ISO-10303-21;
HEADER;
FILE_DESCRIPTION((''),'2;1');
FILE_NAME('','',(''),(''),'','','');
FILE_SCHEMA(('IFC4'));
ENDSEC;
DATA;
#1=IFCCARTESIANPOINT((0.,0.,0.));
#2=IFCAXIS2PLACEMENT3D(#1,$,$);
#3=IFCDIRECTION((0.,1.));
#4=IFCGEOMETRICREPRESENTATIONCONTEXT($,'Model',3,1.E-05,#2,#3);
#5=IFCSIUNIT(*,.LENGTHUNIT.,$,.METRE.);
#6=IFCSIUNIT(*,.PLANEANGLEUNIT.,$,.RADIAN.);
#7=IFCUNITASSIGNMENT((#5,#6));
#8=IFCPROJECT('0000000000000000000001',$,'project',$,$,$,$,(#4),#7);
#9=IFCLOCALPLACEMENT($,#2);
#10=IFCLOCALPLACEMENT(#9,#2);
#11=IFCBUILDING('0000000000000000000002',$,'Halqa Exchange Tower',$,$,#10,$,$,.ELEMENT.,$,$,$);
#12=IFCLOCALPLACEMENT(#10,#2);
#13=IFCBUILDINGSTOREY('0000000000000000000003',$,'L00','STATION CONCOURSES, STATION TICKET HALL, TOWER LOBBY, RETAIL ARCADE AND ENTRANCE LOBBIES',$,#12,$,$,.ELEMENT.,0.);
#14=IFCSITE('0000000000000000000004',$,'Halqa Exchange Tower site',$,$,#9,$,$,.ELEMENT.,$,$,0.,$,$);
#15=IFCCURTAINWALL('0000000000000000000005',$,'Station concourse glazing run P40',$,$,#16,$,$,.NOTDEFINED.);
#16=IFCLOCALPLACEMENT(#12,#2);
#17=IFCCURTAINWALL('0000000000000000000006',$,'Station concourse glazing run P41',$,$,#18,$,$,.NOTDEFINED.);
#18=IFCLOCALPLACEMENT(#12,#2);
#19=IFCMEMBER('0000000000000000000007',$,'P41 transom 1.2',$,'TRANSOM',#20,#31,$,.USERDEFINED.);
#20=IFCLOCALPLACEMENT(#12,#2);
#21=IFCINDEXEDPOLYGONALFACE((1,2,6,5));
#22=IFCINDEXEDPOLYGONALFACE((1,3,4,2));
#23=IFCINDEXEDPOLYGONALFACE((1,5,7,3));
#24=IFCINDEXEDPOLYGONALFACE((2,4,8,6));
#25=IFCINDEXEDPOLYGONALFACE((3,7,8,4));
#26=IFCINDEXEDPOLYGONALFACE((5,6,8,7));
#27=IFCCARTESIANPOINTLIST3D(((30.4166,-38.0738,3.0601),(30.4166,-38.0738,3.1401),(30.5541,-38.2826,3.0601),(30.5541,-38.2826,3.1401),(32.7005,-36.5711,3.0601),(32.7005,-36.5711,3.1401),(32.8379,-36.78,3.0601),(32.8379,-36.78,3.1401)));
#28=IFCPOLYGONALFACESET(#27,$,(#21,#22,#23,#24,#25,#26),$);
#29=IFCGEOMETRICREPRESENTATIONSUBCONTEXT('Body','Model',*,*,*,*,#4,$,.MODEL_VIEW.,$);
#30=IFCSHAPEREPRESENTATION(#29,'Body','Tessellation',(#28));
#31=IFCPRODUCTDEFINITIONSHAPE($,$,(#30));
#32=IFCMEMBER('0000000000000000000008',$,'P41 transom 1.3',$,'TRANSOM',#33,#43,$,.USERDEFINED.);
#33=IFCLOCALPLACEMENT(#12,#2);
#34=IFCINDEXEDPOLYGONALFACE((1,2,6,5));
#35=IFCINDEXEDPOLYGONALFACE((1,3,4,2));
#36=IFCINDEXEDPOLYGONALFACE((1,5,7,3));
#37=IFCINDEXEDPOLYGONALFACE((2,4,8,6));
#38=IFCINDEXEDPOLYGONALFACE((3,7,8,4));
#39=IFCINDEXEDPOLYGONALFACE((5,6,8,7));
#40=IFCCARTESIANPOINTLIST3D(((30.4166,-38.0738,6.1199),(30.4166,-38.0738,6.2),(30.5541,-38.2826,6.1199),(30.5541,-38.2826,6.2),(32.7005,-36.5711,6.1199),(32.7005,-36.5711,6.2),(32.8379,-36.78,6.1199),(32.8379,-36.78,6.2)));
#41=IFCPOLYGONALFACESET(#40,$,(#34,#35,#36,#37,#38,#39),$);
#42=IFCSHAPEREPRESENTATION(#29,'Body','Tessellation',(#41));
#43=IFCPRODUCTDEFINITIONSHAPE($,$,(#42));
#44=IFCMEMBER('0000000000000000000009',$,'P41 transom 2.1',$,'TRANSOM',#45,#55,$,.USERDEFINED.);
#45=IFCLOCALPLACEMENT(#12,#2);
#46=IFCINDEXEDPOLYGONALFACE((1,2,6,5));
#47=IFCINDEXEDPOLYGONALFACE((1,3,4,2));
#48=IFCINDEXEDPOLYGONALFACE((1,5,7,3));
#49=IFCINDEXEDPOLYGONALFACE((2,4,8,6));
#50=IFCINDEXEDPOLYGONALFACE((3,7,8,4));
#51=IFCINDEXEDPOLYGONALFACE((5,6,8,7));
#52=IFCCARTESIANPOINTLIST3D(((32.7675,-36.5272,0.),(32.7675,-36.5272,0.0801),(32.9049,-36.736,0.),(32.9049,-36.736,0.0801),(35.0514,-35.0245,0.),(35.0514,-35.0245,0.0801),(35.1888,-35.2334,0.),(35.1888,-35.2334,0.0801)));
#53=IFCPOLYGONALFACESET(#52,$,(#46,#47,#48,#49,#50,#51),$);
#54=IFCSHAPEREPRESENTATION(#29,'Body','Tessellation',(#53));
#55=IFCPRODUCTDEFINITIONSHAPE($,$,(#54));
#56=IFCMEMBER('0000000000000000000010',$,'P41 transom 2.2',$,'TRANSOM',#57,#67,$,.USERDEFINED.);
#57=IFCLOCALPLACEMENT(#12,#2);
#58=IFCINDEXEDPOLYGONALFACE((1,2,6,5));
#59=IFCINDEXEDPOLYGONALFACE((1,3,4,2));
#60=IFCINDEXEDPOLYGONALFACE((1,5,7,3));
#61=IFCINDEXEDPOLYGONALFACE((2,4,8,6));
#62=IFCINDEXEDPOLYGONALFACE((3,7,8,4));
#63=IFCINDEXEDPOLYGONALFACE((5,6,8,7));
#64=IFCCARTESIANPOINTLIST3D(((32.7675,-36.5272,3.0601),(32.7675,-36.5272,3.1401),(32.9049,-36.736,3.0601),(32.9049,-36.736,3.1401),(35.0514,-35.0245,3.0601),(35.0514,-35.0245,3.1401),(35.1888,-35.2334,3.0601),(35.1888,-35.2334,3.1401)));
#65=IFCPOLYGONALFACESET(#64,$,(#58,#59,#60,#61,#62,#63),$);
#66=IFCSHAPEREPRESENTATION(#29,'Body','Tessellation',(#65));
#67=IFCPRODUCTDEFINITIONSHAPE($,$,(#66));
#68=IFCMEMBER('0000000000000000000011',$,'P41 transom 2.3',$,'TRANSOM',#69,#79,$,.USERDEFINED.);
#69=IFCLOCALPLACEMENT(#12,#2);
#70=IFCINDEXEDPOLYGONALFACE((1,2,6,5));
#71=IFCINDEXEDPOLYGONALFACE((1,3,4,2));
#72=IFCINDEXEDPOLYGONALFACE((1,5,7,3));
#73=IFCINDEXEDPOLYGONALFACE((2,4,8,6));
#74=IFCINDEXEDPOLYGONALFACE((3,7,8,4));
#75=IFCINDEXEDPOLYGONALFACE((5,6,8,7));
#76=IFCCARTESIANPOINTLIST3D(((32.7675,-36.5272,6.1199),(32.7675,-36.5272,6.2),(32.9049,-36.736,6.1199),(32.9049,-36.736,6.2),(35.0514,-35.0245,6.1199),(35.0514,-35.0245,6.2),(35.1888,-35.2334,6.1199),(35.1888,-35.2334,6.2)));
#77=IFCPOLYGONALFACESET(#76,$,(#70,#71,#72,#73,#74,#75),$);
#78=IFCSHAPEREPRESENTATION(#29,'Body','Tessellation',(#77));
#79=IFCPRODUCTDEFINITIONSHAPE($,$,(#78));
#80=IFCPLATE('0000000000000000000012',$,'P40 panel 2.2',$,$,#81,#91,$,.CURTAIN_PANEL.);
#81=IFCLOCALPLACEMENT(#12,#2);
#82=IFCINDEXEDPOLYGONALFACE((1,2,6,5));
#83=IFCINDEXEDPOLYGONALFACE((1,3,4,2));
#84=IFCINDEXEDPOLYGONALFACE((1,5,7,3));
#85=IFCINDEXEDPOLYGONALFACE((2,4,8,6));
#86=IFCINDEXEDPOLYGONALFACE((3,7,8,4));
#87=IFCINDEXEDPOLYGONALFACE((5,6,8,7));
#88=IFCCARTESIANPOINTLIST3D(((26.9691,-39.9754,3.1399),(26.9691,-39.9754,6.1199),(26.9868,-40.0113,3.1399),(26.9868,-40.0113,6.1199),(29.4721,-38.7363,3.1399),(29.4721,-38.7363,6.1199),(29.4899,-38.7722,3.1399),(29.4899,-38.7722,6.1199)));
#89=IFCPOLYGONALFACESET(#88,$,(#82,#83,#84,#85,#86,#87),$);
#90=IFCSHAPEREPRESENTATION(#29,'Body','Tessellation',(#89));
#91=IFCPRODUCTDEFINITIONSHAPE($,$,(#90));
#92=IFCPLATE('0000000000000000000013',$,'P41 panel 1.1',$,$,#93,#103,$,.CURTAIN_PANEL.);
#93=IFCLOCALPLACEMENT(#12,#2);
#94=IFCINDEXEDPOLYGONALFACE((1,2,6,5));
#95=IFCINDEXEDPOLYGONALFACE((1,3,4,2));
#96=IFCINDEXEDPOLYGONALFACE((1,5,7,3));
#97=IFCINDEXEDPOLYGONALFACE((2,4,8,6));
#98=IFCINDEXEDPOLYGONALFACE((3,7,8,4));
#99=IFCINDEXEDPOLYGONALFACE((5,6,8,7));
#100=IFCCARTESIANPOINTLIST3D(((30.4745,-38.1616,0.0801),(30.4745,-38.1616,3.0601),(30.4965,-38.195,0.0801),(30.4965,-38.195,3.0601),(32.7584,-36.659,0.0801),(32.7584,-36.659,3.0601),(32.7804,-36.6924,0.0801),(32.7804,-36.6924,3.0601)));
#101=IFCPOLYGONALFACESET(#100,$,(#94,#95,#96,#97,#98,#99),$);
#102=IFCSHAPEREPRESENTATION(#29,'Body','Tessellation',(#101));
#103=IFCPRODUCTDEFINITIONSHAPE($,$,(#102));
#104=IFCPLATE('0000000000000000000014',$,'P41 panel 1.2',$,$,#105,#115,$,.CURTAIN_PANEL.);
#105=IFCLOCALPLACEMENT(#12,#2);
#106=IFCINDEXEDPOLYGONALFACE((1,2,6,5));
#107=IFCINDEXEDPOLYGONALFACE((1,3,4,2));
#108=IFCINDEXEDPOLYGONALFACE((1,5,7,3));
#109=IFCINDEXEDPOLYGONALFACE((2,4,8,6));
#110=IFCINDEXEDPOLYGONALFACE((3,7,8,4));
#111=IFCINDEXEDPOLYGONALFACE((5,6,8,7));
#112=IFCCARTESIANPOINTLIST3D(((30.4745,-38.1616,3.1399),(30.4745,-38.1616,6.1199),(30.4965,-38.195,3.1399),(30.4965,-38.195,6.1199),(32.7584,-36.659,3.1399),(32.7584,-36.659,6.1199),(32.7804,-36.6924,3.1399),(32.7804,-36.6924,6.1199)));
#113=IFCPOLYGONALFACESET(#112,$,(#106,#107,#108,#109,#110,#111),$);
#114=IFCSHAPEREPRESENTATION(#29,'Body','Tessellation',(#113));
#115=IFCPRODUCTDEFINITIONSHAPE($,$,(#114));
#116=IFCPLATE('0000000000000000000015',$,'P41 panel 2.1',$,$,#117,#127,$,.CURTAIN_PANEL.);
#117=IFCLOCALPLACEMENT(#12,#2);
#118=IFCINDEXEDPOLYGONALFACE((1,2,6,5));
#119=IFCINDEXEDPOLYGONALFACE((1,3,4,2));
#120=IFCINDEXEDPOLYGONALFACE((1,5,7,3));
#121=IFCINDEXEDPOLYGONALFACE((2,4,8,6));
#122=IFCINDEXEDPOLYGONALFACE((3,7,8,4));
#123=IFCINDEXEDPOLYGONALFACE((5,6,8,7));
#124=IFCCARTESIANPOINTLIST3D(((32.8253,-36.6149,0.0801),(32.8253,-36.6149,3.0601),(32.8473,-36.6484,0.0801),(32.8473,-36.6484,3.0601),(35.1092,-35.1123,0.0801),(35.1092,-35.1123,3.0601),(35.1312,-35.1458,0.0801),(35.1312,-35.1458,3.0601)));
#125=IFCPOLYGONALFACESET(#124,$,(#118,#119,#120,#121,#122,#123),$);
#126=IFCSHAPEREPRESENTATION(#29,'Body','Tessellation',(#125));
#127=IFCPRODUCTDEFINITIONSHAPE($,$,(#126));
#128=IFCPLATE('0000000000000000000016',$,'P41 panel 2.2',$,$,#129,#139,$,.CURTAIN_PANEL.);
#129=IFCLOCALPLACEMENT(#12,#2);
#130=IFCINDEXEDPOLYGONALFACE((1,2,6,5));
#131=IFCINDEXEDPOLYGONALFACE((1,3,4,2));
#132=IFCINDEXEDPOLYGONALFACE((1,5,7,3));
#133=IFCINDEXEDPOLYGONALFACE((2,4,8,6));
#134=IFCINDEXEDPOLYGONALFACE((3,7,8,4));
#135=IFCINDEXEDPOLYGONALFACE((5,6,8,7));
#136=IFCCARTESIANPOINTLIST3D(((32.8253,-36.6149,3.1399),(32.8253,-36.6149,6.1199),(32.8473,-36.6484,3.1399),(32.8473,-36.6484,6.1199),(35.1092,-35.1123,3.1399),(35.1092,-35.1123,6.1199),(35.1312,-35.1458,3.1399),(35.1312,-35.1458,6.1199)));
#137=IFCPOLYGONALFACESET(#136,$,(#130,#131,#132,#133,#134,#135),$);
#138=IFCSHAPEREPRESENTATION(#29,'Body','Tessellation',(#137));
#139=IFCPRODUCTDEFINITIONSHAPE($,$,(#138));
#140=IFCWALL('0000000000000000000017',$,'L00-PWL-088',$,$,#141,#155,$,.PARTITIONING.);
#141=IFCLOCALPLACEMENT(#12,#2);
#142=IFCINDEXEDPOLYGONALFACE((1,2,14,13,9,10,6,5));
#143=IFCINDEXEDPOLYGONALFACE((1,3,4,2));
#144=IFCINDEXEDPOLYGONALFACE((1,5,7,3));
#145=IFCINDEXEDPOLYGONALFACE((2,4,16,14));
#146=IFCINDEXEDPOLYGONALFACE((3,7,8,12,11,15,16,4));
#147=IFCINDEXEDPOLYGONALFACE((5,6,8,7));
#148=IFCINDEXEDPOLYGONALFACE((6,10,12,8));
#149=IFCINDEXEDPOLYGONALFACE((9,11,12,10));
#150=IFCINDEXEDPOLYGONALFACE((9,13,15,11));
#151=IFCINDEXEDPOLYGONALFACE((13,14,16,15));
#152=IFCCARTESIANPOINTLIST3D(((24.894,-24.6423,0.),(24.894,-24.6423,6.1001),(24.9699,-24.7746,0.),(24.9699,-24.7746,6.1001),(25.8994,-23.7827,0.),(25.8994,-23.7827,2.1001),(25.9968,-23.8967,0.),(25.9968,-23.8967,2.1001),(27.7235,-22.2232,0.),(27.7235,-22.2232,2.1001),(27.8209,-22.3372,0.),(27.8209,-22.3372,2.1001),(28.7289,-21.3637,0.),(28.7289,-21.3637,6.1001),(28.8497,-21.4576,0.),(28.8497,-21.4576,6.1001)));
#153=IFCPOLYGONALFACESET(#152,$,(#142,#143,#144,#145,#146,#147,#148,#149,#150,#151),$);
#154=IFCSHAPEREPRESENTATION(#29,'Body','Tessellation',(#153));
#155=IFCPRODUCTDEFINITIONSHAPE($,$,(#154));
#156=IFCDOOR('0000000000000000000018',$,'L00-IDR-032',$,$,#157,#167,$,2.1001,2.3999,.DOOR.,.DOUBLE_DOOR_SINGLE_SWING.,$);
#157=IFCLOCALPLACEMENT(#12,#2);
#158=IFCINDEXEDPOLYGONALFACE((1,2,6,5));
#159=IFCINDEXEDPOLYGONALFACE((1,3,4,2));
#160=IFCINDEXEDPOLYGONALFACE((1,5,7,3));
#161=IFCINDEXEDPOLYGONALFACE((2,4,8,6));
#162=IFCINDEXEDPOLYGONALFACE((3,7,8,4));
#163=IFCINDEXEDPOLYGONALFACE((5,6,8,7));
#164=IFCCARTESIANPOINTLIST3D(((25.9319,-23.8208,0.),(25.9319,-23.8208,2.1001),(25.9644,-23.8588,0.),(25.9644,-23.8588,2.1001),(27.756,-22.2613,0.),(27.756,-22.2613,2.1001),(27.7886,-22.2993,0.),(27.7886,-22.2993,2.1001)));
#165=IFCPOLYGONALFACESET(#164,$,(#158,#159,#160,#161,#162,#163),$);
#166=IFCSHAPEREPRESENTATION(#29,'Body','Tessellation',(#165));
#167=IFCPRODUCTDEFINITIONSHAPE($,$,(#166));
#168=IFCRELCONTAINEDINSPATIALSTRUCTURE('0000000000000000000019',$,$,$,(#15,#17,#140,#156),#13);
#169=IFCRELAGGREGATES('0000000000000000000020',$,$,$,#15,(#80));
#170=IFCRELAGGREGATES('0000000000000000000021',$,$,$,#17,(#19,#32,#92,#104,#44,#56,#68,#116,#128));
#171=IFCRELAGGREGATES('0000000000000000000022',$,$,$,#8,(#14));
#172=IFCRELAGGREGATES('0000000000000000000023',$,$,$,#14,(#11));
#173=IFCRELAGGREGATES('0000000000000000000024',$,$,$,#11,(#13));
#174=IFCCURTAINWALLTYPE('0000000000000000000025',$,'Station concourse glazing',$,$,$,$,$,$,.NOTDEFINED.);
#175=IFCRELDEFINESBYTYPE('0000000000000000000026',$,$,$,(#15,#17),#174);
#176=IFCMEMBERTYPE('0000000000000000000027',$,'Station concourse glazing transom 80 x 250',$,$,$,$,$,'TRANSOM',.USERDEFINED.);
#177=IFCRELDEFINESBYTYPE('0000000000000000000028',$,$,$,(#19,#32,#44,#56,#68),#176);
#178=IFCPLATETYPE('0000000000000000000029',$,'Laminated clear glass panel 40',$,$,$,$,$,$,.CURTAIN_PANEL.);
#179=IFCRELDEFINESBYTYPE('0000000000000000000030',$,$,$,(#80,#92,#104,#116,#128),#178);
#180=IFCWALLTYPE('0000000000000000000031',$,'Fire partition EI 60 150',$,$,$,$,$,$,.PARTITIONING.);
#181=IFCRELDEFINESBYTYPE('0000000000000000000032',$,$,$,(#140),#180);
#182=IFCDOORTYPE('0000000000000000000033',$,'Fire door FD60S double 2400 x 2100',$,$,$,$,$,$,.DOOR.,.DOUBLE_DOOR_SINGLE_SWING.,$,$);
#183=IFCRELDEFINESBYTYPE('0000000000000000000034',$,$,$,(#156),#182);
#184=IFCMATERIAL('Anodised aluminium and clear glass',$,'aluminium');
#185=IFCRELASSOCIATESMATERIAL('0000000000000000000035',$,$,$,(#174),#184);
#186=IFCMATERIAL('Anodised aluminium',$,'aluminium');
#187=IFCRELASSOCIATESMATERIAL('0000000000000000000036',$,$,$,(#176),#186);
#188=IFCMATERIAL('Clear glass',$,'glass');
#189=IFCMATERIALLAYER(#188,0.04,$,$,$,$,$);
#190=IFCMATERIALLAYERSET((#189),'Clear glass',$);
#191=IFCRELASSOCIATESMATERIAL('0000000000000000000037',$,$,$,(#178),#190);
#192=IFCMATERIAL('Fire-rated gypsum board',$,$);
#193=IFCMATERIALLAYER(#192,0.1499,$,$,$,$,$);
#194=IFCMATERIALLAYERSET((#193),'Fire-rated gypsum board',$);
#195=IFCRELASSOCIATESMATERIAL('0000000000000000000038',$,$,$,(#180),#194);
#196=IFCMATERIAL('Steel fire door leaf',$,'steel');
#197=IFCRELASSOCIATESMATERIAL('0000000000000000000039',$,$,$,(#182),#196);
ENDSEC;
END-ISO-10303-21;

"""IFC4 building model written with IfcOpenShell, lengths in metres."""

from ifc_helpers import new_model, si_unit, direction, frame, frame_2d, origin, origin_2d, place, context, subcontext, project, spatial, polyline, rectangle, outline, extrude, material, layer, layer_set, material_profile, profile_set, type_object, element, fill, aggregate, save


model = new_model("IFC4")

# Units and contexts
model_context = context("Model", 3, precision=1e-05, world=origin(), true_north=direction((0.0, 1.0)))
body_context = subcontext(model_context, "Body", "Model", "MODEL_VIEW")
ifc_project = project(units=[si_unit("LENGTHUNIT", "METRE"), si_unit("PLANEANGLEUNIT", "RADIAN")], contexts=[model_context])

# Site, building, storey
site_placement = place(None, origin())
site = spatial("IfcSite", under=ifc_project, at=site_placement, Name="Halqa Exchange Tower site", CompositionType="ELEMENT", RefElevation=0.0)
building_placement = place(site_placement, origin())
building = spatial("IfcBuilding", under=site, at=building_placement, Name="Halqa Exchange Tower", CompositionType="ELEMENT")
storey_placement = place(building_placement, origin())
storey = spatial("IfcBuildingStorey", under=building, at=storey_placement, Name="L00", Description="STATION CONCOURSES, STATION TICKET HALL, TOWER LOBBY, RETAIL ARCADE AND ENTRANCE LOBBIES", CompositionType="ELEMENT", Elevation=0.0)

# Curtain wall
ifc_material_1 = material(Name="Anodised aluminium and clear glass", Category="aluminium")
curtain_wall_type = type_object("IfcCurtainWallType", Name="Station concourse glazing", PredefinedType="NOTDEFINED", material=ifc_material_1)
curtain_wall_1_placement = place(storey_placement, origin())
curtain_wall_1 = element("IfcCurtainWall", 1, at=curtain_wall_1_placement, inside=storey, type_object=curtain_wall_type, Name="Station concourse glazing run P40", PredefinedType="NOTDEFINED")
ifc_material_2 = material(Name="Anodised aluminium", Category="aluminium")

# Curtain wall
curtain_wall_2_placement = place(storey_placement, origin())
curtain_wall_2 = element("IfcCurtainWall", 2, at=curtain_wall_2_placement, inside=storey, type_object=curtain_wall_type, Name="Station concourse glazing run P41", PredefinedType="NOTDEFINED")

# Members
ifc_material_profile_1 = material_profile(ifc_material_2, rectangle(XDim=0.25, YDim=0.0801, at=origin_2d()), Name="AL 80x250")
ifc_profile_set_1 = profile_set([ifc_material_profile_1], Name="Anodised aluminium")
member_type_1 = type_object("IfcMemberType", Name="Station concourse glazing transom 80 x 250", ElementType="TRANSOM", PredefinedType="USERDEFINED", material=ifc_profile_set_1)
member_1_placement = place(storey_placement, frame((30.4854, -38.1782, 3.1001), z_axis=(0.835401, 0.549641, 0.0), x_axis=(-0.549641, 0.835401, 0.0)))
member_1 = element("IfcMember", 3, at=member_1_placement, type_object=member_type_1, Name="P41 transom 1.2", ObjectType="TRANSOM", PredefinedType="USERDEFINED", context=body_context, shape_type="SweptSolid", body=[
    extrude(rectangle(XDim=0.25, YDim=0.0801, at=origin_2d()), origin(), (0.0, 0.0, 1.0), 2.7339),
])
member_2_placement = place(storey_placement, frame((30.4854, -38.1782, 6.1599), z_axis=(0.835401, 0.549641, 0.0), x_axis=(-0.549641, 0.835401, 0.0)))
member_2 = element("IfcMember", 4, at=member_2_placement, type_object=member_type_1, Name="P41 transom 1.3", ObjectType="TRANSOM", PredefinedType="USERDEFINED", context=body_context, shape_type="SweptSolid", body=[
    extrude(rectangle(XDim=0.25, YDim=0.0801, at=origin_2d()), origin(), (0.0, 0.0, 1.0), 2.7339),
])
member_3_placement = place(storey_placement, frame((32.8362, -36.6316, 0.04), z_axis=(0.835401, 0.549641, 0.0), x_axis=(-0.549641, 0.835401, 0.0)))
member_3 = element("IfcMember", 5, at=member_3_placement, type_object=member_type_1, Name="P41 transom 2.1", ObjectType="TRANSOM", PredefinedType="USERDEFINED", context=body_context, shape_type="SweptSolid", body=[
    extrude(rectangle(XDim=0.25, YDim=0.0801, at=origin_2d()), origin(), (0.0, 0.0, 1.0), 2.7339),
])
member_4_placement = place(storey_placement, frame((32.8362, -36.6316, 3.1001), z_axis=(0.835401, 0.549641, 0.0), x_axis=(-0.549641, 0.835401, 0.0)))
member_4 = element("IfcMember", 6, at=member_4_placement, type_object=member_type_1, Name="P41 transom 2.2", ObjectType="TRANSOM", PredefinedType="USERDEFINED", context=body_context, shape_type="SweptSolid", body=[
    extrude(rectangle(XDim=0.25, YDim=0.0801, at=origin_2d()), origin(), (0.0, 0.0, 1.0), 2.7339),
])
member_5_placement = place(storey_placement, frame((32.8362, -36.6316, 6.1599), z_axis=(0.835401, 0.549641, 0.0), x_axis=(-0.549641, 0.835401, 0.0)))
member_5 = element("IfcMember", 7, at=member_5_placement, type_object=member_type_1, Name="P41 transom 2.3", ObjectType="TRANSOM", PredefinedType="USERDEFINED", context=body_context, shape_type="SweptSolid", body=[
    extrude(rectangle(XDim=0.25, YDim=0.0801, at=origin_2d()), origin(), (0.0, 0.0, 1.0), 2.7339),
])

# Plates
ifc_material_3 = material(Name="Clear glass", Category="glass")
ifc_layer_1 = layer(ifc_material_3, 0.04)
ifc_layer_set_1 = layer_set([ifc_layer_1], Name="Clear glass")
plate_type = type_object("IfcPlateType", Name="Laminated clear glass panel 40", PredefinedType="CURTAIN_PANEL", material=ifc_layer_set_1)
plate_1_placement = place(storey_placement, frame((28.2295, -39.3738, 3.1399), z_axis=(0.0, 0.0, 1.0), x_axis=(0.896198, 0.443653, 0.0)))
plate_1 = element("IfcPlate", 8, at=plate_1_placement, type_object=plate_type, Name="P40 panel 2.2", PredefinedType="CURTAIN_PANEL", context=body_context, shape_type="SweptSolid", body=[
    extrude(rectangle(XDim=2.793, YDim=0.04, at=origin_2d()), origin(), (0.0, 0.0, 1.0), 2.98),
])
aggregate(curtain_wall_1, [plate_1])
plate_2_placement = place(storey_placement, frame((31.6274, -37.427, 0.0801), z_axis=(0.0, 0.0, 1.0), x_axis=(0.835415, 0.54962, 0.0)))
plate_2 = element("IfcPlate", 9, at=plate_2_placement, type_object=plate_type, Name="P41 panel 1.1", PredefinedType="CURTAIN_PANEL", context=body_context, shape_type="SweptSolid", body=[
    extrude(rectangle(XDim=2.7339, YDim=0.04, at=origin_2d()), origin(), (0.0, 0.0, 1.0), 2.98),
])
plate_3_placement = place(storey_placement, frame((31.6274, -37.427, 3.1399), z_axis=(0.0, 0.0, 1.0), x_axis=(0.835415, 0.54962, 0.0)))
plate_3 = element("IfcPlate", 10, at=plate_3_placement, type_object=plate_type, Name="P41 panel 1.2", PredefinedType="CURTAIN_PANEL", context=body_context, shape_type="SweptSolid", body=[
    extrude(rectangle(XDim=2.7339, YDim=0.04, at=origin_2d()), origin(), (0.0, 0.0, 1.0), 2.98),
])
plate_4_placement = place(storey_placement, frame((33.9783, -35.8804, 0.0801), z_axis=(0.0, 0.0, 1.0), x_axis=(0.835415, 0.54962, 0.0)))
plate_4 = element("IfcPlate", 11, at=plate_4_placement, type_object=plate_type, Name="P41 panel 2.1", PredefinedType="CURTAIN_PANEL", context=body_context, shape_type="SweptSolid", body=[
    extrude(rectangle(XDim=2.7339, YDim=0.04, at=origin_2d()), origin(), (0.0, 0.0, 1.0), 2.98),
])
plate_5_placement = place(storey_placement, frame((33.9783, -35.8804, 3.1399), z_axis=(0.0, 0.0, 1.0), x_axis=(0.835415, 0.54962, 0.0)))
plate_5 = element("IfcPlate", 12, at=plate_5_placement, type_object=plate_type, Name="P41 panel 2.2", PredefinedType="CURTAIN_PANEL", context=body_context, shape_type="SweptSolid", body=[
    extrude(rectangle(XDim=2.7339, YDim=0.04, at=origin_2d()), origin(), (0.0, 0.0, 1.0), 2.98),
])
aggregate(curtain_wall_2, [member_1, member_2, plate_2, plate_3, member_3, member_4, member_5, plate_4, plate_5])

# Wall, opening, door
ifc_material_4 = material(Name="Fire-rated gypsum board")
ifc_layer_2 = layer(ifc_material_4, 0.1499)
ifc_layer_set_2 = layer_set([ifc_layer_2], Name="Fire-rated gypsum board")
wall_type_1 = type_object("IfcWallType", Name="Fire partition EI 60 150", PredefinedType="PARTITIONING", material=ifc_layer_set_2)
wall_1_placement = place(storey_placement, frame((28.7893, -21.4106, 0.0), z_axis=(0.0, 0.0, 1.0), x_axis=(-0.760085, -0.649824, 0.0)))
wall_1 = element("IfcWall", 13, at=wall_1_placement, inside=storey, type_object=wall_type_1, Name="L00-PWL-088", PredefinedType="PARTITIONING", context=body_context, shape_type="SweptSolid", body=[
    extrude(outline(polyline([(0.0154, -0.075), (5.0608, -0.075), (5.0891, 0.075), (-0.0154, 0.075), (0.0154, -0.075)])), origin(), (0.0, 0.0, 1.0), 6.1001),
])
opening_1_placement = place(wall_1_placement, frame((1.3381, 0.0, 0.0)))
opening_1 = element("IfcOpeningElement", 14, at=opening_1_placement, cuts=wall_1, PredefinedType="OPENING", context=body_context, shape_type="SweptSolid", body=[
    extrude(rectangle(XDim=2.3999, YDim=2.1001, at=frame_2d((1.2, 1.05))), frame((0.0, 0.0869, 0.0), z_axis=(0.0, -1.0, 0.0), x_axis=(1.0, 0.0, 0.0)), (0.0, 0.0, 1.0), 0.1738),
])
ifc_material_5 = material(Name="Steel fire door leaf", Category="steel")
door_type_1 = type_object("IfcDoorType", Name="Fire door FD60S double 2400 x 2100", OperationType="DOUBLE_DOOR_SINGLE_SWING", PredefinedType="DOOR", material=ifc_material_5)
door_1_placement = place(opening_1_placement, frame((2.3999, 0.0, 0.0), z_axis=(0.0, 0.0, 1.0), x_axis=(-1.0, 0.0, 0.0)))
door_1 = element("IfcDoor", 15, at=door_1_placement, inside=storey, type_object=door_type_1, Name="L00-IDR-032", OperationType="DOUBLE_DOOR_SINGLE_SWING", OverallHeight=2.1001, OverallWidth=2.3999, PredefinedType="DOOR", context=body_context, shape_type="SweptSolid", body=[
    extrude(rectangle(XDim=2.3999, YDim=2.1001, at=frame_2d((1.2, 1.05))), frame((0.0, 0.0249, 0.0), z_axis=(0.0, -1.0, 0.0), x_axis=(1.0, 0.0, 0.0)), (0.0, 0.0, 1.0), 0.05),
])
fill(opening_1, door_1)

save(model, "model.ifc")
